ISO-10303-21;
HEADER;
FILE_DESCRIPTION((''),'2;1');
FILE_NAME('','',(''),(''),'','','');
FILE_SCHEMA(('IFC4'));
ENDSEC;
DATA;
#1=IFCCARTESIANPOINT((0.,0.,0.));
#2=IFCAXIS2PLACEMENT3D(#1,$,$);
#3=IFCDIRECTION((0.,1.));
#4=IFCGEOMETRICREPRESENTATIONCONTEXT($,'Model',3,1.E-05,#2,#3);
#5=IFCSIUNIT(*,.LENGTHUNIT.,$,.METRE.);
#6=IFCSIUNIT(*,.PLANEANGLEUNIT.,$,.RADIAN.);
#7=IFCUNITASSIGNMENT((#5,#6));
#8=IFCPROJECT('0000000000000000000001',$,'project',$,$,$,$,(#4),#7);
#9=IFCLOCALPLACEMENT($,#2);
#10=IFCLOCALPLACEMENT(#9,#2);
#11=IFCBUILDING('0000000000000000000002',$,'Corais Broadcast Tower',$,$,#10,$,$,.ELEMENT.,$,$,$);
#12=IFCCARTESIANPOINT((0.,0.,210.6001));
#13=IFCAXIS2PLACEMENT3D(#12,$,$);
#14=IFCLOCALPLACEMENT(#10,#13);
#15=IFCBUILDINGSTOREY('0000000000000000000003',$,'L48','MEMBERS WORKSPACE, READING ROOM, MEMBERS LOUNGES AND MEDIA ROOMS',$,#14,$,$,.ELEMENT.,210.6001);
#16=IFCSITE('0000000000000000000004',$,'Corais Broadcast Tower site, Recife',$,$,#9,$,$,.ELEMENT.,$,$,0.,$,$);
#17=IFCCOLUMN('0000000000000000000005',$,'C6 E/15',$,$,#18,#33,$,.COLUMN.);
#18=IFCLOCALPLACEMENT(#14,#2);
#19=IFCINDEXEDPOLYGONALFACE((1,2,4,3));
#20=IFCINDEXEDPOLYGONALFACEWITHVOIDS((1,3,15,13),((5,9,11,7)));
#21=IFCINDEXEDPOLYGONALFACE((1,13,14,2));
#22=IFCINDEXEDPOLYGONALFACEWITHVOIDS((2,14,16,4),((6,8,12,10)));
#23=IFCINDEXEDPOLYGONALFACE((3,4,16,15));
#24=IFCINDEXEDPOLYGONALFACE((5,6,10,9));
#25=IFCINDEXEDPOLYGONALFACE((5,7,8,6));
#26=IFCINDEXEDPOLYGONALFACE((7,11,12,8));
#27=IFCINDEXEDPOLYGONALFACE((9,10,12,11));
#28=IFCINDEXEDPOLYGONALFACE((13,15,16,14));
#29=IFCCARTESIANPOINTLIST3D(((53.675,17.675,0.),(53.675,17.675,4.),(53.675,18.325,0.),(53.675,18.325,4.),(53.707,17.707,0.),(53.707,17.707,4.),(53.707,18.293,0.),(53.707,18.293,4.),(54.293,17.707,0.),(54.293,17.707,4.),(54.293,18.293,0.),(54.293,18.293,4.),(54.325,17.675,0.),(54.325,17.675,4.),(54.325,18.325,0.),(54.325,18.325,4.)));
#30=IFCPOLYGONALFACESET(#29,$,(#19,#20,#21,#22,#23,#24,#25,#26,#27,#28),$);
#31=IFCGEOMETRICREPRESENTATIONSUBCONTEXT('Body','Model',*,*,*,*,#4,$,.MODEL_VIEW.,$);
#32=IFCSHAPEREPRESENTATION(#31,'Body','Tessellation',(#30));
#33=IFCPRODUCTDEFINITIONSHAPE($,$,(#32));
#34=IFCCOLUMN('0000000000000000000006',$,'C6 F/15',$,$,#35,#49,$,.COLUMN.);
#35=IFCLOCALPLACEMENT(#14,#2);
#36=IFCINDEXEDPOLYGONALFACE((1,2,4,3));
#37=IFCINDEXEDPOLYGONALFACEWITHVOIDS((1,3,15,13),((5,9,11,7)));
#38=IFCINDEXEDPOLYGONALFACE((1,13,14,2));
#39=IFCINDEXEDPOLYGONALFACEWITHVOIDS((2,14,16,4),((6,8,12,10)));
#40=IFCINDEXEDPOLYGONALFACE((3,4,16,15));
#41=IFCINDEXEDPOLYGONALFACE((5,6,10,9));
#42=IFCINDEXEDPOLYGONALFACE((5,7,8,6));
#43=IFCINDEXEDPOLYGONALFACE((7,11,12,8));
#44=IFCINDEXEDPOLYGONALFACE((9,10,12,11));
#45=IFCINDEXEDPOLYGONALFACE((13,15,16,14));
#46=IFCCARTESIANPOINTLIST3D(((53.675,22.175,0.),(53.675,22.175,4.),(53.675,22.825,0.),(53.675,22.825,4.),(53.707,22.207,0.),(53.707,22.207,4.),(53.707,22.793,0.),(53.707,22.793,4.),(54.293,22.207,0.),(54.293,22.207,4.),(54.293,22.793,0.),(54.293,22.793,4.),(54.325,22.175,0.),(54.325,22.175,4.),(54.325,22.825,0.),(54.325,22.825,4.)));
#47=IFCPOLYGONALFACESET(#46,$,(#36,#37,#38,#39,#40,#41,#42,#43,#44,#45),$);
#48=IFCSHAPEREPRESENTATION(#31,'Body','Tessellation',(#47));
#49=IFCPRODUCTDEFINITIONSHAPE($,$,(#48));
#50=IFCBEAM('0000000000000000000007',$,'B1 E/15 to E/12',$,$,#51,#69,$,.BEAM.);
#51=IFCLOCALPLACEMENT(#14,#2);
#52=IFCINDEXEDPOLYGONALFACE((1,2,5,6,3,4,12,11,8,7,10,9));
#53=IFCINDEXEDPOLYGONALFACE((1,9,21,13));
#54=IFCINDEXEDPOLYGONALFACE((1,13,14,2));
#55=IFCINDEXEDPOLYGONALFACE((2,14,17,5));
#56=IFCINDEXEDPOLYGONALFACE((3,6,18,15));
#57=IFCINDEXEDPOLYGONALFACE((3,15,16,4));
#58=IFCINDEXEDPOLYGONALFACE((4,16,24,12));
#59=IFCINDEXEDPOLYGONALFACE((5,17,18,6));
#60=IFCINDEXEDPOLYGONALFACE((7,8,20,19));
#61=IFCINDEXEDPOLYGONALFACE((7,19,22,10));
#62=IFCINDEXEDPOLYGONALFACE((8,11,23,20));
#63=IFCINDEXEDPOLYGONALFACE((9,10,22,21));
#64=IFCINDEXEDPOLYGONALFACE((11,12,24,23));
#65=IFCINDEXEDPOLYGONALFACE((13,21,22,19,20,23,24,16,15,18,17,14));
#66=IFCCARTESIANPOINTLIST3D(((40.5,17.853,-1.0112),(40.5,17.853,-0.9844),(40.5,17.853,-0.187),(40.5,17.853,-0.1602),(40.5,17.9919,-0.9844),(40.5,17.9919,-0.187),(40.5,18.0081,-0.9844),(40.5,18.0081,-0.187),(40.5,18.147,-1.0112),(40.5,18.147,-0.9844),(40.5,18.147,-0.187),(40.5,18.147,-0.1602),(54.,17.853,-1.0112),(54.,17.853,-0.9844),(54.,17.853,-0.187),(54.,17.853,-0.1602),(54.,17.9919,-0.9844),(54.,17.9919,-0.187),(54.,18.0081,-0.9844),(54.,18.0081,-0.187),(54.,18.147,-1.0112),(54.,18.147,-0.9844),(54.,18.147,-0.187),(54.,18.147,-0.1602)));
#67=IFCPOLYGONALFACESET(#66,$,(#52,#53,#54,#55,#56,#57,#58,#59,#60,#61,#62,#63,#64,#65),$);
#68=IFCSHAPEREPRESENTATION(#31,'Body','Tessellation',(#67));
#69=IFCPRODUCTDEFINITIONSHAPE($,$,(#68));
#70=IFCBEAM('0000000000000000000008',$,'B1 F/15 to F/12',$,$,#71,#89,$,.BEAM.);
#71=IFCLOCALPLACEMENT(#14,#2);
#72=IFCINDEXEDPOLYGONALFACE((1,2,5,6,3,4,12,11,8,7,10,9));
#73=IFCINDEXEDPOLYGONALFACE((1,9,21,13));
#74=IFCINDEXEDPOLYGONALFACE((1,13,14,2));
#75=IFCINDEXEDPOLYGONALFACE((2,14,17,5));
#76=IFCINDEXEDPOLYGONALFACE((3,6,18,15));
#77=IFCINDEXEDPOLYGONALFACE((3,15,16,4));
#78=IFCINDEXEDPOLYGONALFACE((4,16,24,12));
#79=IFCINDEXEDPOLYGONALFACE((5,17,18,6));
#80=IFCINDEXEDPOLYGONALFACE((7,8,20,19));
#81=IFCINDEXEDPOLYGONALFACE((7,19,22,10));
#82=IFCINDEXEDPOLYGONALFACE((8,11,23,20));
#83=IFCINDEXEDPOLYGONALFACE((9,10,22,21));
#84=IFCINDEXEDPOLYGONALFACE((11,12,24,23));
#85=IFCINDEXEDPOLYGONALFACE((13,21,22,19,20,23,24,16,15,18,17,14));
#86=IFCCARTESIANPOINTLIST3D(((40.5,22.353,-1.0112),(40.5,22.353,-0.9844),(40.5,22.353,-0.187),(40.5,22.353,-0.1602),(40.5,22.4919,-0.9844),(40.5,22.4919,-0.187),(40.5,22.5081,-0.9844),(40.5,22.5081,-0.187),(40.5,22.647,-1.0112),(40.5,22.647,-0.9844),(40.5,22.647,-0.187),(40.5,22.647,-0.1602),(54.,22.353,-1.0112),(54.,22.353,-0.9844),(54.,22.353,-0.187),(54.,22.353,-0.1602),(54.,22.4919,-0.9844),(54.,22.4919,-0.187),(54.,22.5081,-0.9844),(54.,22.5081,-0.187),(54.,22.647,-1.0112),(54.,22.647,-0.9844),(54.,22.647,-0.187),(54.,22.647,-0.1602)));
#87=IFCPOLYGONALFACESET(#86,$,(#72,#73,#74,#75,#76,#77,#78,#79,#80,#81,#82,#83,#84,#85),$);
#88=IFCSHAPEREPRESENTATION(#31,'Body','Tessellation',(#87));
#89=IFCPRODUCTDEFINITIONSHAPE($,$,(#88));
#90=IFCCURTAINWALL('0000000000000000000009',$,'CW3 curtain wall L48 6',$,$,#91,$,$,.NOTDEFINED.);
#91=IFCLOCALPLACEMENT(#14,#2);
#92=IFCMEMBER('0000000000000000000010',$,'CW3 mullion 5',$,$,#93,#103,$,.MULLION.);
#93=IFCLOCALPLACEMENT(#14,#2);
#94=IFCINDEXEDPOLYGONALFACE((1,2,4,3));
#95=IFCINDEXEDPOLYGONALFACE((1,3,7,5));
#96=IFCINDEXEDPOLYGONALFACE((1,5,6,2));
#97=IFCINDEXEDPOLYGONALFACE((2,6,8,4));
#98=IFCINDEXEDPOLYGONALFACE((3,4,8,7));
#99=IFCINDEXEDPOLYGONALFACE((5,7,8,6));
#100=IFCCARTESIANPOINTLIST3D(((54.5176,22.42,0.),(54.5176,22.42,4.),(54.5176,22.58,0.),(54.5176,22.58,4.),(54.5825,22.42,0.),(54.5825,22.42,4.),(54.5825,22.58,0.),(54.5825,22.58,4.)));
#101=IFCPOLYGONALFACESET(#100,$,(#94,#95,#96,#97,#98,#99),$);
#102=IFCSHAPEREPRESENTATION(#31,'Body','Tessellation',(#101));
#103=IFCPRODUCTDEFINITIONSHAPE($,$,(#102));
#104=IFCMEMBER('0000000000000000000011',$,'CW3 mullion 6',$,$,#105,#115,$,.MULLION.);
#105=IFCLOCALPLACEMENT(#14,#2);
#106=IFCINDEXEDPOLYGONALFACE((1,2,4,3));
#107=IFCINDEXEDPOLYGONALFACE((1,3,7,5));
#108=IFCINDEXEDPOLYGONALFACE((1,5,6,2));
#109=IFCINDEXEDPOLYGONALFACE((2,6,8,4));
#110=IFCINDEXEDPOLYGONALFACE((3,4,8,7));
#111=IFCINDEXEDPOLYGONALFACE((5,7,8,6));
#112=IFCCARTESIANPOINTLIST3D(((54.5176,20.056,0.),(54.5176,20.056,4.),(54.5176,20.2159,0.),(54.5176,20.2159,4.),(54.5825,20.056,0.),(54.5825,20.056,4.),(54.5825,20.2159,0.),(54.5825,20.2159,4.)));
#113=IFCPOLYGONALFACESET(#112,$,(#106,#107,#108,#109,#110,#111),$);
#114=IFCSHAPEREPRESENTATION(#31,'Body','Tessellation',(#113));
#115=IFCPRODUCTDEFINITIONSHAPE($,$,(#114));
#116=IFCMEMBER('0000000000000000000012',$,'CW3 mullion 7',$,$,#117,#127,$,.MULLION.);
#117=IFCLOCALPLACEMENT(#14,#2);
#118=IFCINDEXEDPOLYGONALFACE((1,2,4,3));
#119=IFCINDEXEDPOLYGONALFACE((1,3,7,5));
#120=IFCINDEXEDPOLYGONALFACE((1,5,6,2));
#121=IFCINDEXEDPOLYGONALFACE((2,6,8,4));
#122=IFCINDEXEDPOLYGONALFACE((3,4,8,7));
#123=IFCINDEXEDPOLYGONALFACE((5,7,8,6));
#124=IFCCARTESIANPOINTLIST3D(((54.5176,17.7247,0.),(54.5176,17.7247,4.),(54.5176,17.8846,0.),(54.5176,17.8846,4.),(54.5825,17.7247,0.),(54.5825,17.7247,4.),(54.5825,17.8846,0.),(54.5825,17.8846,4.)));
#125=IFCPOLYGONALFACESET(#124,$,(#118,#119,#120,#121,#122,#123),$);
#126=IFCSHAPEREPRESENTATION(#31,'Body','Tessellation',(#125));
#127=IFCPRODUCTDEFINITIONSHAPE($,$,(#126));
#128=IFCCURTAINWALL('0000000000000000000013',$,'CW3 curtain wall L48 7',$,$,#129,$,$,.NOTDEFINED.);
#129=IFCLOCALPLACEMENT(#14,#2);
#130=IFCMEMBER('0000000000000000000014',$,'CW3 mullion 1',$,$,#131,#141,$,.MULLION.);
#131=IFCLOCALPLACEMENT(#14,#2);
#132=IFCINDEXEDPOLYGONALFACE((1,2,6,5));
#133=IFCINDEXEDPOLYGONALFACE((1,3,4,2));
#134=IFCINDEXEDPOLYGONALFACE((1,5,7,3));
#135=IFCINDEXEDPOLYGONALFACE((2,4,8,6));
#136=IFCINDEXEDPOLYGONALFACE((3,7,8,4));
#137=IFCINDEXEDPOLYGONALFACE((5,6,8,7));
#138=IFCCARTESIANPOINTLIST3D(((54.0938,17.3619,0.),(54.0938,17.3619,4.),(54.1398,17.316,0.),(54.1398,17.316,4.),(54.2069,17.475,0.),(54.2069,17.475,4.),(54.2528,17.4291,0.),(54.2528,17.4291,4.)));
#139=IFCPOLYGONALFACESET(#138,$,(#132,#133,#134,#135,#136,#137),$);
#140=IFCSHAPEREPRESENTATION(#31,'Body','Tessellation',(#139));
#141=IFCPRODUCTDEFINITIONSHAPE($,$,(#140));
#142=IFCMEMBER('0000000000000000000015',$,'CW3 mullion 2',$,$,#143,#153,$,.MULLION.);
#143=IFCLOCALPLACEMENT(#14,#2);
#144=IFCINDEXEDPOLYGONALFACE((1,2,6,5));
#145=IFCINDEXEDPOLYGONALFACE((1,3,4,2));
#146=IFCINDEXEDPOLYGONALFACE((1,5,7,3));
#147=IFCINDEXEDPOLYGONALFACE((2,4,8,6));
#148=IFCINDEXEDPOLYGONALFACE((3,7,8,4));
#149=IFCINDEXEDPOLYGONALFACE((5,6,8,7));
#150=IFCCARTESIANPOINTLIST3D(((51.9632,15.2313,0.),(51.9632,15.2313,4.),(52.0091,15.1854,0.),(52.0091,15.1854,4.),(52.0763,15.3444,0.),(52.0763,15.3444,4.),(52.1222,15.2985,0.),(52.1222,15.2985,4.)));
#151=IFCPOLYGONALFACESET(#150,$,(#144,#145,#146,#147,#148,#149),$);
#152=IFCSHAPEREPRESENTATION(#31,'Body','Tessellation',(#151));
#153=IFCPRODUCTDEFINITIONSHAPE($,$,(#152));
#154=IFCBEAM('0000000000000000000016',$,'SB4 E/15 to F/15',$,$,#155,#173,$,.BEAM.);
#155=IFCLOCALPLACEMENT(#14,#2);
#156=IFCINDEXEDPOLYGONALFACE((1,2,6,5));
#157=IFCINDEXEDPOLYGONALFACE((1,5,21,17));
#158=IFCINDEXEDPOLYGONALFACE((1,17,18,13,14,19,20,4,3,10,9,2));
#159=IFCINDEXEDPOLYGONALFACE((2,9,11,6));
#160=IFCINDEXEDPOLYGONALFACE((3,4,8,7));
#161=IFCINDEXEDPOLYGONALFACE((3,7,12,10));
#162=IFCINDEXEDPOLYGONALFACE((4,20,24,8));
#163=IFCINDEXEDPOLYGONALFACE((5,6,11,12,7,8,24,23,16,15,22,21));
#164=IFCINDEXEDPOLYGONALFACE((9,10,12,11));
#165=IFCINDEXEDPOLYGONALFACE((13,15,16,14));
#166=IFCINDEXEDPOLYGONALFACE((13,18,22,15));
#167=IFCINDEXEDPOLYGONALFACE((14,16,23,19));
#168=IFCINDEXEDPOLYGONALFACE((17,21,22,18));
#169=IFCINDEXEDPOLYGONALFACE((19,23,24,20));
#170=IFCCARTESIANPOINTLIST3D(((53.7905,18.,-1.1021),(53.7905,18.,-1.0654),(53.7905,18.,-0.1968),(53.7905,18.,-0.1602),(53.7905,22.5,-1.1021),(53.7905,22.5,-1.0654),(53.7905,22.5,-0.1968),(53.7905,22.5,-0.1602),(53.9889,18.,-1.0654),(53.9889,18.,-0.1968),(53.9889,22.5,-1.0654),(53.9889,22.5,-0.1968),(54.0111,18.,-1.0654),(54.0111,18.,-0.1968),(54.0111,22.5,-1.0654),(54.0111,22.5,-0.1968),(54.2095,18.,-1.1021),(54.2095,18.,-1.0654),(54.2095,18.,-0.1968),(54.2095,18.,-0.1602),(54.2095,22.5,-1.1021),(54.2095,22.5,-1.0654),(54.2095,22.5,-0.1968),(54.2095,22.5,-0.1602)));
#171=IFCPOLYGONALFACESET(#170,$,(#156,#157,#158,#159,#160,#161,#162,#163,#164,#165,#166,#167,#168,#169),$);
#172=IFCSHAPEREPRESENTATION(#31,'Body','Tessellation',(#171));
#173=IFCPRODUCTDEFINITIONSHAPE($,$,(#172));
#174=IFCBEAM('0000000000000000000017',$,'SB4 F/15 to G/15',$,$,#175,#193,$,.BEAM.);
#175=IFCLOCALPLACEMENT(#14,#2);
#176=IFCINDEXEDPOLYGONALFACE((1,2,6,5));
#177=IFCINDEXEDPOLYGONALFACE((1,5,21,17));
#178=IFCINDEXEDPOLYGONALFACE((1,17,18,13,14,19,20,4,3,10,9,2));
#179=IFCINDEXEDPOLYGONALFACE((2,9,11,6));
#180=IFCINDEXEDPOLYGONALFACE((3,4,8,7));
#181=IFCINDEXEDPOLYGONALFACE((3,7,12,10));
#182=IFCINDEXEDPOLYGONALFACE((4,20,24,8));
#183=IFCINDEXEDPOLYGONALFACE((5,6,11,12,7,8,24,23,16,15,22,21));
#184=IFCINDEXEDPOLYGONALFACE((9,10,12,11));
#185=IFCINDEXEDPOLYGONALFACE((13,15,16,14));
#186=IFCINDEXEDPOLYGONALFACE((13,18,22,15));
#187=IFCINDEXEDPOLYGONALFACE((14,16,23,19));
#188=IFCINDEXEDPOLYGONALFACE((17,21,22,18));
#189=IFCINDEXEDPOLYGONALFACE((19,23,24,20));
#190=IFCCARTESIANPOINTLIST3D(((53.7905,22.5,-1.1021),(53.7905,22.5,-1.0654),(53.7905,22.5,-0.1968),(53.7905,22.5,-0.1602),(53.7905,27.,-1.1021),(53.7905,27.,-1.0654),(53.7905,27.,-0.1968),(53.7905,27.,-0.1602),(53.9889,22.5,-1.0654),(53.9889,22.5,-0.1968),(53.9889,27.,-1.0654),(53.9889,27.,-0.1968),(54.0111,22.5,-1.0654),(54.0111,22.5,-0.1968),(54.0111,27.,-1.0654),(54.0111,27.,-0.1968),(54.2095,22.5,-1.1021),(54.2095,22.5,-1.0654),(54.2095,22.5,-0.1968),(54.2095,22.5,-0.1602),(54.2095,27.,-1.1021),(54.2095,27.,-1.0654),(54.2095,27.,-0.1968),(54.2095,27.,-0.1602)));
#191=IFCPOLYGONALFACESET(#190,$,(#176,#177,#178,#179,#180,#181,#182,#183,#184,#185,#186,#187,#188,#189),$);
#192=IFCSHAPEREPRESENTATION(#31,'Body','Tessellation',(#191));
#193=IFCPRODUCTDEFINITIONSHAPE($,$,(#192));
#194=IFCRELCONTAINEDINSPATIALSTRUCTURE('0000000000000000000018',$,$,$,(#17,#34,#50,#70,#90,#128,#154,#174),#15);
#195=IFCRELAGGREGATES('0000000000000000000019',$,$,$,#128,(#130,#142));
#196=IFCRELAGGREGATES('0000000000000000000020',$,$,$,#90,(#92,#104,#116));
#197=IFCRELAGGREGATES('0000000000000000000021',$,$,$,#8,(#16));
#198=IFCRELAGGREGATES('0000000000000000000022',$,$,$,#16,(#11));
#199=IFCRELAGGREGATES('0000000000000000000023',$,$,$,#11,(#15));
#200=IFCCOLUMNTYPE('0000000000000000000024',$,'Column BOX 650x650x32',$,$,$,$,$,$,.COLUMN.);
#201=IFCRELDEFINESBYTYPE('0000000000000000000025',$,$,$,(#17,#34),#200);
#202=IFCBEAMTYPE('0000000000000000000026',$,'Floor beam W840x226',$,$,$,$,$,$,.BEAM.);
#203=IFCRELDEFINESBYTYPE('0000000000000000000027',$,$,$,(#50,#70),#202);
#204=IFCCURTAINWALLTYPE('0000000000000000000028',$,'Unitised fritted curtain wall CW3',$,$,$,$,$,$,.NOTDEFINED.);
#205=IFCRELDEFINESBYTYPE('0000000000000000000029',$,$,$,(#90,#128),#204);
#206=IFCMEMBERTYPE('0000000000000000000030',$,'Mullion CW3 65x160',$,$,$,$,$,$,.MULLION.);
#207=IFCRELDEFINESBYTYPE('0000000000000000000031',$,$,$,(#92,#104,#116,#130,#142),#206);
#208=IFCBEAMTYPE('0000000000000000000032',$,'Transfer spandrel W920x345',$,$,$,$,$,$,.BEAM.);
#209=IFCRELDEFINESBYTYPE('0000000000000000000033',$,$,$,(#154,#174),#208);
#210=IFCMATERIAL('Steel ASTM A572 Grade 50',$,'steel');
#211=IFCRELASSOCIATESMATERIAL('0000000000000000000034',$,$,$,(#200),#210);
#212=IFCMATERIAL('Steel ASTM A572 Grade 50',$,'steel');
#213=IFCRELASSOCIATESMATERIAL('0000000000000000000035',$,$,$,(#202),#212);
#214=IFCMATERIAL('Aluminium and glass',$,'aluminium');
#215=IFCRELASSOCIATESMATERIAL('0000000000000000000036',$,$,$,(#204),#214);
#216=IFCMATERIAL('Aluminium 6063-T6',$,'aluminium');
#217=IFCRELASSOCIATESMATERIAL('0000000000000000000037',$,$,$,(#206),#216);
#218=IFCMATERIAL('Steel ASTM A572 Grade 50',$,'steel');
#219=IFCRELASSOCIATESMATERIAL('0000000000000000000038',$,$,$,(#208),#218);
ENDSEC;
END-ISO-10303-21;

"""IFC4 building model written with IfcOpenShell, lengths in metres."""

from ifc_helpers import new_model, si_unit, direction, frame, origin, origin_2d, place, context, subcontext, project, spatial, rectangle, hollow_rectangle, i_section, extrude, material, material_profile, profile_set, type_object, element, aggregate, save


model = new_model("IFC4")

# Units and contexts
model_context = context("Model", 3, precision=1e-05, world=origin(), true_north=direction((0.0, 1.0)))
body_context = subcontext(model_context, "Body", "Model", "MODEL_VIEW")
ifc_project = project(units=[si_unit("LENGTHUNIT", "METRE"), si_unit("PLANEANGLEUNIT", "RADIAN")], contexts=[model_context])

# Site, building, storey
site_placement = place(None, origin())
site = spatial("IfcSite", under=ifc_project, at=site_placement, Name="Corais Broadcast Tower site, Recife", CompositionType="ELEMENT", RefElevation=0.0)
building_placement = place(site_placement, origin())
building = spatial("IfcBuilding", under=site, at=building_placement, Name="Corais Broadcast Tower", CompositionType="ELEMENT")
storey_placement = place(building_placement, frame((0.0, 0.0, 210.6001)))
storey = spatial("IfcBuildingStorey", under=building, at=storey_placement, Name="L48", Description="MEMBERS WORKSPACE, READING ROOM, MEMBERS LOUNGES AND MEDIA ROOMS", CompositionType="ELEMENT", Elevation=210.6001)

# Columns
ifc_material_1 = material(Name="Steel ASTM A572 Grade 50", Category="steel")
ifc_material_profile_1 = material_profile(ifc_material_1, hollow_rectangle(XDim=0.6499, YDim=0.6499, WallThickness=0.032, at=origin_2d()), Name="BOX 650x650x32")
ifc_profile_set_1 = profile_set([ifc_material_profile_1], Name="Steel ASTM A572 Grade 50")
column_type = type_object("IfcColumnType", Name="Column BOX 650x650x32", PredefinedType="COLUMN", material=ifc_profile_set_1)
for number, where, z_axis, x_axis, name in (
    (1, (54.0, 18.0, 0.0), (0.0, 0.0, 1.0), (1.0, 0.0, 0.0), "C6 E/15"),
    (2, (54.0, 22.5, 0.0), (0.0, 0.0, 1.0), (1.0, 0.0, 0.0), "C6 F/15"),
):
    element("IfcColumn", number, at=place(storey_placement, frame(where, z_axis=z_axis, x_axis=x_axis)), inside=storey, type_object=column_type, Name=name, PredefinedType="COLUMN", context=body_context, shape_type="SweptSolid", body=[
        extrude(hollow_rectangle(XDim=0.6499, YDim=0.6499, WallThickness=0.032, at=origin_2d()), origin(), (0.0, 0.0, 1.0), 4.0),
    ])

# Beams
ifc_material_2 = material(Name="Steel ASTM A572 Grade 50", Category="steel")
ifc_material_profile_2 = material_profile(ifc_material_2, i_section(OverallWidth=0.2939, OverallDepth=0.8511, WebThickness=0.0161, FlangeThickness=0.0269, at=origin_2d()), Name="W840x226")
ifc_profile_set_2 = profile_set([ifc_material_profile_2], Name="Steel ASTM A572 Grade 50")
beam_type_1 = type_object("IfcBeamType", Name="Floor beam W840x226", PredefinedType="BEAM", material=ifc_profile_set_2)
for number, where, z_axis, x_axis, name in (
    (3, (54.0, 18.0, -0.5857), (-1.0, 0.0, 0.0), (0.0, -1.0, 0.0), "B1 E/15 to E/12"),
    (4, (54.0, 22.5, -0.5857), (-1.0, 0.0, 0.0), (0.0, -1.0, 0.0), "B1 F/15 to F/12"),
):
    element("IfcBeam", number, at=place(storey_placement, frame(where, z_axis=z_axis, x_axis=x_axis)), inside=storey, type_object=beam_type_1, Name=name, PredefinedType="BEAM", context=body_context, shape_type="SweptSolid", body=[
        extrude(i_section(OverallWidth=0.2939, OverallDepth=0.8511, WebThickness=0.0161, FlangeThickness=0.0269, at=origin_2d()), origin(), (0.0, 0.0, 1.0), 13.5),
    ])

# Curtain walls, members
ifc_material_3 = material(Name="Aluminium and glass", Category="aluminium")
curtain_wall_type = type_object("IfcCurtainWallType", Name="Unitised fritted curtain wall CW3", PredefinedType="NOTDEFINED", material=ifc_material_3)
curtain_wall_1_placement = place(storey_placement, origin())
curtain_wall_1 = element("IfcCurtainWall", 5, at=curtain_wall_1_placement, inside=storey, type_object=curtain_wall_type, Name="CW3 curtain wall L48 6", PredefinedType="NOTDEFINED")
ifc_material_4 = material(Name="Aluminium 6063-T6", Category="aluminium")
ifc_material_profile_3 = material_profile(ifc_material_4, rectangle(XDim=0.0649, YDim=0.1599, at=origin_2d()), Name="Mullion CW3 65x160")
ifc_profile_set_3 = profile_set([ifc_material_profile_3], Name="Aluminium 6063-T6")
member_type_1 = type_object("IfcMemberType", Name="Mullion CW3 65x160", PredefinedType="MULLION", material=ifc_profile_set_3)
member_1_placement = place(storey_placement, frame((54.55, 22.5, 0.0), z_axis=(0.0, 0.0, 1.0), x_axis=(1.0, 0.0, 0.0)))
member_1 = element("IfcMember", 6, at=member_1_placement, type_object=member_type_1, Name="CW3 mullion 5", PredefinedType="MULLION", context=body_context, shape_type="SweptSolid", body=[
    extrude(rectangle(XDim=0.0649, YDim=0.1599, at=origin_2d()), origin(), (0.0, 0.0, 1.0), 4.0),
])
member_2_placement = place(storey_placement, frame((54.55, 20.136, 0.0), z_axis=(0.0, 0.0, 1.0), x_axis=(1.0, 0.0, 0.0)))
member_2 = element("IfcMember", 7, at=member_2_placement, type_object=member_type_1, Name="CW3 mullion 6", PredefinedType="MULLION", context=body_context, shape_type="SweptSolid", body=[
    extrude(rectangle(XDim=0.0649, YDim=0.1599, at=origin_2d()), origin(), (0.0, 0.0, 1.0), 4.0),
])
member_3_placement = place(storey_placement, frame((54.55, 17.8047, 0.0), z_axis=(0.0, 0.0, 1.0), x_axis=(1.0, 0.0, 0.0)))
member_3 = element("IfcMember", 8, at=member_3_placement, type_object=member_type_1, Name="CW3 mullion 7", PredefinedType="MULLION", context=body_context, shape_type="SweptSolid", body=[
    extrude(rectangle(XDim=0.0649, YDim=0.1599, at=origin_2d()), origin(), (0.0, 0.0, 1.0), 4.0),
])
curtain_wall_2_placement = place(storey_placement, origin())
curtain_wall_2 = element("IfcCurtainWall", 9, at=curtain_wall_2_placement, inside=storey, type_object=curtain_wall_type, Name="CW3 curtain wall L48 7", PredefinedType="NOTDEFINED")
member_4_placement = place(storey_placement, frame((54.1733, 17.3955, 0.0), z_axis=(0.0, 0.0, 1.0), x_axis=(0.707107, -0.707107, 0.0)))
member_4 = element("IfcMember", 10, at=member_4_placement, type_object=member_type_1, Name="CW3 mullion 1", PredefinedType="MULLION", context=body_context, shape_type="SweptSolid", body=[
    extrude(rectangle(XDim=0.0649, YDim=0.1599, at=origin_2d()), origin(), (0.0, 0.0, 1.0), 4.0),
])
member_5_placement = place(storey_placement, frame((52.0427, 15.2649, 0.0), z_axis=(0.0, 0.0, 1.0), x_axis=(0.707107, -0.707107, 0.0)))
member_5 = element("IfcMember", 11, at=member_5_placement, type_object=member_type_1, Name="CW3 mullion 2", PredefinedType="MULLION", context=body_context, shape_type="SweptSolid", body=[
    extrude(rectangle(XDim=0.0649, YDim=0.1599, at=origin_2d()), origin(), (0.0, 0.0, 1.0), 4.0),
])

# Beams
ifc_material_5 = material(Name="Steel ASTM A572 Grade 50", Category="steel")
ifc_material_profile_4 = material_profile(ifc_material_5, i_section(OverallWidth=0.4189, OverallDepth=0.9419, WebThickness=0.0222, FlangeThickness=0.0366, at=origin_2d()), Name="W920x345")
ifc_profile_set_4 = profile_set([ifc_material_profile_4], Name="Steel ASTM A572 Grade 50")
beam_type_2 = type_object("IfcBeamType", Name="Transfer spandrel W920x345", PredefinedType="BEAM", material=ifc_profile_set_4)
for number, where, z_axis, x_axis, name in (
    (12, (54.0, 18.0, -0.6311), (0.0, 1.0, 0.0), (-1.0, 0.0, 0.0), "SB4 E/15 to F/15"),
    (13, (54.0, 22.5, -0.6311), (0.0, 1.0, 0.0), (-1.0, 0.0, 0.0), "SB4 F/15 to G/15"),
):
    element("IfcBeam", number, at=place(storey_placement, frame(where, z_axis=z_axis, x_axis=x_axis)), inside=storey, type_object=beam_type_2, Name=name, PredefinedType="BEAM", context=body_context, shape_type="SweptSolid", body=[
        extrude(i_section(OverallWidth=0.4189, OverallDepth=0.9419, WebThickness=0.0222, FlangeThickness=0.0366, at=origin_2d()), origin(), (0.0, 0.0, 1.0), 4.5),
    ])

aggregate(curtain_wall_2, [member_4, member_5])
aggregate(curtain_wall_1, [member_1, member_2, member_3])

save(model, "model.ifc")
